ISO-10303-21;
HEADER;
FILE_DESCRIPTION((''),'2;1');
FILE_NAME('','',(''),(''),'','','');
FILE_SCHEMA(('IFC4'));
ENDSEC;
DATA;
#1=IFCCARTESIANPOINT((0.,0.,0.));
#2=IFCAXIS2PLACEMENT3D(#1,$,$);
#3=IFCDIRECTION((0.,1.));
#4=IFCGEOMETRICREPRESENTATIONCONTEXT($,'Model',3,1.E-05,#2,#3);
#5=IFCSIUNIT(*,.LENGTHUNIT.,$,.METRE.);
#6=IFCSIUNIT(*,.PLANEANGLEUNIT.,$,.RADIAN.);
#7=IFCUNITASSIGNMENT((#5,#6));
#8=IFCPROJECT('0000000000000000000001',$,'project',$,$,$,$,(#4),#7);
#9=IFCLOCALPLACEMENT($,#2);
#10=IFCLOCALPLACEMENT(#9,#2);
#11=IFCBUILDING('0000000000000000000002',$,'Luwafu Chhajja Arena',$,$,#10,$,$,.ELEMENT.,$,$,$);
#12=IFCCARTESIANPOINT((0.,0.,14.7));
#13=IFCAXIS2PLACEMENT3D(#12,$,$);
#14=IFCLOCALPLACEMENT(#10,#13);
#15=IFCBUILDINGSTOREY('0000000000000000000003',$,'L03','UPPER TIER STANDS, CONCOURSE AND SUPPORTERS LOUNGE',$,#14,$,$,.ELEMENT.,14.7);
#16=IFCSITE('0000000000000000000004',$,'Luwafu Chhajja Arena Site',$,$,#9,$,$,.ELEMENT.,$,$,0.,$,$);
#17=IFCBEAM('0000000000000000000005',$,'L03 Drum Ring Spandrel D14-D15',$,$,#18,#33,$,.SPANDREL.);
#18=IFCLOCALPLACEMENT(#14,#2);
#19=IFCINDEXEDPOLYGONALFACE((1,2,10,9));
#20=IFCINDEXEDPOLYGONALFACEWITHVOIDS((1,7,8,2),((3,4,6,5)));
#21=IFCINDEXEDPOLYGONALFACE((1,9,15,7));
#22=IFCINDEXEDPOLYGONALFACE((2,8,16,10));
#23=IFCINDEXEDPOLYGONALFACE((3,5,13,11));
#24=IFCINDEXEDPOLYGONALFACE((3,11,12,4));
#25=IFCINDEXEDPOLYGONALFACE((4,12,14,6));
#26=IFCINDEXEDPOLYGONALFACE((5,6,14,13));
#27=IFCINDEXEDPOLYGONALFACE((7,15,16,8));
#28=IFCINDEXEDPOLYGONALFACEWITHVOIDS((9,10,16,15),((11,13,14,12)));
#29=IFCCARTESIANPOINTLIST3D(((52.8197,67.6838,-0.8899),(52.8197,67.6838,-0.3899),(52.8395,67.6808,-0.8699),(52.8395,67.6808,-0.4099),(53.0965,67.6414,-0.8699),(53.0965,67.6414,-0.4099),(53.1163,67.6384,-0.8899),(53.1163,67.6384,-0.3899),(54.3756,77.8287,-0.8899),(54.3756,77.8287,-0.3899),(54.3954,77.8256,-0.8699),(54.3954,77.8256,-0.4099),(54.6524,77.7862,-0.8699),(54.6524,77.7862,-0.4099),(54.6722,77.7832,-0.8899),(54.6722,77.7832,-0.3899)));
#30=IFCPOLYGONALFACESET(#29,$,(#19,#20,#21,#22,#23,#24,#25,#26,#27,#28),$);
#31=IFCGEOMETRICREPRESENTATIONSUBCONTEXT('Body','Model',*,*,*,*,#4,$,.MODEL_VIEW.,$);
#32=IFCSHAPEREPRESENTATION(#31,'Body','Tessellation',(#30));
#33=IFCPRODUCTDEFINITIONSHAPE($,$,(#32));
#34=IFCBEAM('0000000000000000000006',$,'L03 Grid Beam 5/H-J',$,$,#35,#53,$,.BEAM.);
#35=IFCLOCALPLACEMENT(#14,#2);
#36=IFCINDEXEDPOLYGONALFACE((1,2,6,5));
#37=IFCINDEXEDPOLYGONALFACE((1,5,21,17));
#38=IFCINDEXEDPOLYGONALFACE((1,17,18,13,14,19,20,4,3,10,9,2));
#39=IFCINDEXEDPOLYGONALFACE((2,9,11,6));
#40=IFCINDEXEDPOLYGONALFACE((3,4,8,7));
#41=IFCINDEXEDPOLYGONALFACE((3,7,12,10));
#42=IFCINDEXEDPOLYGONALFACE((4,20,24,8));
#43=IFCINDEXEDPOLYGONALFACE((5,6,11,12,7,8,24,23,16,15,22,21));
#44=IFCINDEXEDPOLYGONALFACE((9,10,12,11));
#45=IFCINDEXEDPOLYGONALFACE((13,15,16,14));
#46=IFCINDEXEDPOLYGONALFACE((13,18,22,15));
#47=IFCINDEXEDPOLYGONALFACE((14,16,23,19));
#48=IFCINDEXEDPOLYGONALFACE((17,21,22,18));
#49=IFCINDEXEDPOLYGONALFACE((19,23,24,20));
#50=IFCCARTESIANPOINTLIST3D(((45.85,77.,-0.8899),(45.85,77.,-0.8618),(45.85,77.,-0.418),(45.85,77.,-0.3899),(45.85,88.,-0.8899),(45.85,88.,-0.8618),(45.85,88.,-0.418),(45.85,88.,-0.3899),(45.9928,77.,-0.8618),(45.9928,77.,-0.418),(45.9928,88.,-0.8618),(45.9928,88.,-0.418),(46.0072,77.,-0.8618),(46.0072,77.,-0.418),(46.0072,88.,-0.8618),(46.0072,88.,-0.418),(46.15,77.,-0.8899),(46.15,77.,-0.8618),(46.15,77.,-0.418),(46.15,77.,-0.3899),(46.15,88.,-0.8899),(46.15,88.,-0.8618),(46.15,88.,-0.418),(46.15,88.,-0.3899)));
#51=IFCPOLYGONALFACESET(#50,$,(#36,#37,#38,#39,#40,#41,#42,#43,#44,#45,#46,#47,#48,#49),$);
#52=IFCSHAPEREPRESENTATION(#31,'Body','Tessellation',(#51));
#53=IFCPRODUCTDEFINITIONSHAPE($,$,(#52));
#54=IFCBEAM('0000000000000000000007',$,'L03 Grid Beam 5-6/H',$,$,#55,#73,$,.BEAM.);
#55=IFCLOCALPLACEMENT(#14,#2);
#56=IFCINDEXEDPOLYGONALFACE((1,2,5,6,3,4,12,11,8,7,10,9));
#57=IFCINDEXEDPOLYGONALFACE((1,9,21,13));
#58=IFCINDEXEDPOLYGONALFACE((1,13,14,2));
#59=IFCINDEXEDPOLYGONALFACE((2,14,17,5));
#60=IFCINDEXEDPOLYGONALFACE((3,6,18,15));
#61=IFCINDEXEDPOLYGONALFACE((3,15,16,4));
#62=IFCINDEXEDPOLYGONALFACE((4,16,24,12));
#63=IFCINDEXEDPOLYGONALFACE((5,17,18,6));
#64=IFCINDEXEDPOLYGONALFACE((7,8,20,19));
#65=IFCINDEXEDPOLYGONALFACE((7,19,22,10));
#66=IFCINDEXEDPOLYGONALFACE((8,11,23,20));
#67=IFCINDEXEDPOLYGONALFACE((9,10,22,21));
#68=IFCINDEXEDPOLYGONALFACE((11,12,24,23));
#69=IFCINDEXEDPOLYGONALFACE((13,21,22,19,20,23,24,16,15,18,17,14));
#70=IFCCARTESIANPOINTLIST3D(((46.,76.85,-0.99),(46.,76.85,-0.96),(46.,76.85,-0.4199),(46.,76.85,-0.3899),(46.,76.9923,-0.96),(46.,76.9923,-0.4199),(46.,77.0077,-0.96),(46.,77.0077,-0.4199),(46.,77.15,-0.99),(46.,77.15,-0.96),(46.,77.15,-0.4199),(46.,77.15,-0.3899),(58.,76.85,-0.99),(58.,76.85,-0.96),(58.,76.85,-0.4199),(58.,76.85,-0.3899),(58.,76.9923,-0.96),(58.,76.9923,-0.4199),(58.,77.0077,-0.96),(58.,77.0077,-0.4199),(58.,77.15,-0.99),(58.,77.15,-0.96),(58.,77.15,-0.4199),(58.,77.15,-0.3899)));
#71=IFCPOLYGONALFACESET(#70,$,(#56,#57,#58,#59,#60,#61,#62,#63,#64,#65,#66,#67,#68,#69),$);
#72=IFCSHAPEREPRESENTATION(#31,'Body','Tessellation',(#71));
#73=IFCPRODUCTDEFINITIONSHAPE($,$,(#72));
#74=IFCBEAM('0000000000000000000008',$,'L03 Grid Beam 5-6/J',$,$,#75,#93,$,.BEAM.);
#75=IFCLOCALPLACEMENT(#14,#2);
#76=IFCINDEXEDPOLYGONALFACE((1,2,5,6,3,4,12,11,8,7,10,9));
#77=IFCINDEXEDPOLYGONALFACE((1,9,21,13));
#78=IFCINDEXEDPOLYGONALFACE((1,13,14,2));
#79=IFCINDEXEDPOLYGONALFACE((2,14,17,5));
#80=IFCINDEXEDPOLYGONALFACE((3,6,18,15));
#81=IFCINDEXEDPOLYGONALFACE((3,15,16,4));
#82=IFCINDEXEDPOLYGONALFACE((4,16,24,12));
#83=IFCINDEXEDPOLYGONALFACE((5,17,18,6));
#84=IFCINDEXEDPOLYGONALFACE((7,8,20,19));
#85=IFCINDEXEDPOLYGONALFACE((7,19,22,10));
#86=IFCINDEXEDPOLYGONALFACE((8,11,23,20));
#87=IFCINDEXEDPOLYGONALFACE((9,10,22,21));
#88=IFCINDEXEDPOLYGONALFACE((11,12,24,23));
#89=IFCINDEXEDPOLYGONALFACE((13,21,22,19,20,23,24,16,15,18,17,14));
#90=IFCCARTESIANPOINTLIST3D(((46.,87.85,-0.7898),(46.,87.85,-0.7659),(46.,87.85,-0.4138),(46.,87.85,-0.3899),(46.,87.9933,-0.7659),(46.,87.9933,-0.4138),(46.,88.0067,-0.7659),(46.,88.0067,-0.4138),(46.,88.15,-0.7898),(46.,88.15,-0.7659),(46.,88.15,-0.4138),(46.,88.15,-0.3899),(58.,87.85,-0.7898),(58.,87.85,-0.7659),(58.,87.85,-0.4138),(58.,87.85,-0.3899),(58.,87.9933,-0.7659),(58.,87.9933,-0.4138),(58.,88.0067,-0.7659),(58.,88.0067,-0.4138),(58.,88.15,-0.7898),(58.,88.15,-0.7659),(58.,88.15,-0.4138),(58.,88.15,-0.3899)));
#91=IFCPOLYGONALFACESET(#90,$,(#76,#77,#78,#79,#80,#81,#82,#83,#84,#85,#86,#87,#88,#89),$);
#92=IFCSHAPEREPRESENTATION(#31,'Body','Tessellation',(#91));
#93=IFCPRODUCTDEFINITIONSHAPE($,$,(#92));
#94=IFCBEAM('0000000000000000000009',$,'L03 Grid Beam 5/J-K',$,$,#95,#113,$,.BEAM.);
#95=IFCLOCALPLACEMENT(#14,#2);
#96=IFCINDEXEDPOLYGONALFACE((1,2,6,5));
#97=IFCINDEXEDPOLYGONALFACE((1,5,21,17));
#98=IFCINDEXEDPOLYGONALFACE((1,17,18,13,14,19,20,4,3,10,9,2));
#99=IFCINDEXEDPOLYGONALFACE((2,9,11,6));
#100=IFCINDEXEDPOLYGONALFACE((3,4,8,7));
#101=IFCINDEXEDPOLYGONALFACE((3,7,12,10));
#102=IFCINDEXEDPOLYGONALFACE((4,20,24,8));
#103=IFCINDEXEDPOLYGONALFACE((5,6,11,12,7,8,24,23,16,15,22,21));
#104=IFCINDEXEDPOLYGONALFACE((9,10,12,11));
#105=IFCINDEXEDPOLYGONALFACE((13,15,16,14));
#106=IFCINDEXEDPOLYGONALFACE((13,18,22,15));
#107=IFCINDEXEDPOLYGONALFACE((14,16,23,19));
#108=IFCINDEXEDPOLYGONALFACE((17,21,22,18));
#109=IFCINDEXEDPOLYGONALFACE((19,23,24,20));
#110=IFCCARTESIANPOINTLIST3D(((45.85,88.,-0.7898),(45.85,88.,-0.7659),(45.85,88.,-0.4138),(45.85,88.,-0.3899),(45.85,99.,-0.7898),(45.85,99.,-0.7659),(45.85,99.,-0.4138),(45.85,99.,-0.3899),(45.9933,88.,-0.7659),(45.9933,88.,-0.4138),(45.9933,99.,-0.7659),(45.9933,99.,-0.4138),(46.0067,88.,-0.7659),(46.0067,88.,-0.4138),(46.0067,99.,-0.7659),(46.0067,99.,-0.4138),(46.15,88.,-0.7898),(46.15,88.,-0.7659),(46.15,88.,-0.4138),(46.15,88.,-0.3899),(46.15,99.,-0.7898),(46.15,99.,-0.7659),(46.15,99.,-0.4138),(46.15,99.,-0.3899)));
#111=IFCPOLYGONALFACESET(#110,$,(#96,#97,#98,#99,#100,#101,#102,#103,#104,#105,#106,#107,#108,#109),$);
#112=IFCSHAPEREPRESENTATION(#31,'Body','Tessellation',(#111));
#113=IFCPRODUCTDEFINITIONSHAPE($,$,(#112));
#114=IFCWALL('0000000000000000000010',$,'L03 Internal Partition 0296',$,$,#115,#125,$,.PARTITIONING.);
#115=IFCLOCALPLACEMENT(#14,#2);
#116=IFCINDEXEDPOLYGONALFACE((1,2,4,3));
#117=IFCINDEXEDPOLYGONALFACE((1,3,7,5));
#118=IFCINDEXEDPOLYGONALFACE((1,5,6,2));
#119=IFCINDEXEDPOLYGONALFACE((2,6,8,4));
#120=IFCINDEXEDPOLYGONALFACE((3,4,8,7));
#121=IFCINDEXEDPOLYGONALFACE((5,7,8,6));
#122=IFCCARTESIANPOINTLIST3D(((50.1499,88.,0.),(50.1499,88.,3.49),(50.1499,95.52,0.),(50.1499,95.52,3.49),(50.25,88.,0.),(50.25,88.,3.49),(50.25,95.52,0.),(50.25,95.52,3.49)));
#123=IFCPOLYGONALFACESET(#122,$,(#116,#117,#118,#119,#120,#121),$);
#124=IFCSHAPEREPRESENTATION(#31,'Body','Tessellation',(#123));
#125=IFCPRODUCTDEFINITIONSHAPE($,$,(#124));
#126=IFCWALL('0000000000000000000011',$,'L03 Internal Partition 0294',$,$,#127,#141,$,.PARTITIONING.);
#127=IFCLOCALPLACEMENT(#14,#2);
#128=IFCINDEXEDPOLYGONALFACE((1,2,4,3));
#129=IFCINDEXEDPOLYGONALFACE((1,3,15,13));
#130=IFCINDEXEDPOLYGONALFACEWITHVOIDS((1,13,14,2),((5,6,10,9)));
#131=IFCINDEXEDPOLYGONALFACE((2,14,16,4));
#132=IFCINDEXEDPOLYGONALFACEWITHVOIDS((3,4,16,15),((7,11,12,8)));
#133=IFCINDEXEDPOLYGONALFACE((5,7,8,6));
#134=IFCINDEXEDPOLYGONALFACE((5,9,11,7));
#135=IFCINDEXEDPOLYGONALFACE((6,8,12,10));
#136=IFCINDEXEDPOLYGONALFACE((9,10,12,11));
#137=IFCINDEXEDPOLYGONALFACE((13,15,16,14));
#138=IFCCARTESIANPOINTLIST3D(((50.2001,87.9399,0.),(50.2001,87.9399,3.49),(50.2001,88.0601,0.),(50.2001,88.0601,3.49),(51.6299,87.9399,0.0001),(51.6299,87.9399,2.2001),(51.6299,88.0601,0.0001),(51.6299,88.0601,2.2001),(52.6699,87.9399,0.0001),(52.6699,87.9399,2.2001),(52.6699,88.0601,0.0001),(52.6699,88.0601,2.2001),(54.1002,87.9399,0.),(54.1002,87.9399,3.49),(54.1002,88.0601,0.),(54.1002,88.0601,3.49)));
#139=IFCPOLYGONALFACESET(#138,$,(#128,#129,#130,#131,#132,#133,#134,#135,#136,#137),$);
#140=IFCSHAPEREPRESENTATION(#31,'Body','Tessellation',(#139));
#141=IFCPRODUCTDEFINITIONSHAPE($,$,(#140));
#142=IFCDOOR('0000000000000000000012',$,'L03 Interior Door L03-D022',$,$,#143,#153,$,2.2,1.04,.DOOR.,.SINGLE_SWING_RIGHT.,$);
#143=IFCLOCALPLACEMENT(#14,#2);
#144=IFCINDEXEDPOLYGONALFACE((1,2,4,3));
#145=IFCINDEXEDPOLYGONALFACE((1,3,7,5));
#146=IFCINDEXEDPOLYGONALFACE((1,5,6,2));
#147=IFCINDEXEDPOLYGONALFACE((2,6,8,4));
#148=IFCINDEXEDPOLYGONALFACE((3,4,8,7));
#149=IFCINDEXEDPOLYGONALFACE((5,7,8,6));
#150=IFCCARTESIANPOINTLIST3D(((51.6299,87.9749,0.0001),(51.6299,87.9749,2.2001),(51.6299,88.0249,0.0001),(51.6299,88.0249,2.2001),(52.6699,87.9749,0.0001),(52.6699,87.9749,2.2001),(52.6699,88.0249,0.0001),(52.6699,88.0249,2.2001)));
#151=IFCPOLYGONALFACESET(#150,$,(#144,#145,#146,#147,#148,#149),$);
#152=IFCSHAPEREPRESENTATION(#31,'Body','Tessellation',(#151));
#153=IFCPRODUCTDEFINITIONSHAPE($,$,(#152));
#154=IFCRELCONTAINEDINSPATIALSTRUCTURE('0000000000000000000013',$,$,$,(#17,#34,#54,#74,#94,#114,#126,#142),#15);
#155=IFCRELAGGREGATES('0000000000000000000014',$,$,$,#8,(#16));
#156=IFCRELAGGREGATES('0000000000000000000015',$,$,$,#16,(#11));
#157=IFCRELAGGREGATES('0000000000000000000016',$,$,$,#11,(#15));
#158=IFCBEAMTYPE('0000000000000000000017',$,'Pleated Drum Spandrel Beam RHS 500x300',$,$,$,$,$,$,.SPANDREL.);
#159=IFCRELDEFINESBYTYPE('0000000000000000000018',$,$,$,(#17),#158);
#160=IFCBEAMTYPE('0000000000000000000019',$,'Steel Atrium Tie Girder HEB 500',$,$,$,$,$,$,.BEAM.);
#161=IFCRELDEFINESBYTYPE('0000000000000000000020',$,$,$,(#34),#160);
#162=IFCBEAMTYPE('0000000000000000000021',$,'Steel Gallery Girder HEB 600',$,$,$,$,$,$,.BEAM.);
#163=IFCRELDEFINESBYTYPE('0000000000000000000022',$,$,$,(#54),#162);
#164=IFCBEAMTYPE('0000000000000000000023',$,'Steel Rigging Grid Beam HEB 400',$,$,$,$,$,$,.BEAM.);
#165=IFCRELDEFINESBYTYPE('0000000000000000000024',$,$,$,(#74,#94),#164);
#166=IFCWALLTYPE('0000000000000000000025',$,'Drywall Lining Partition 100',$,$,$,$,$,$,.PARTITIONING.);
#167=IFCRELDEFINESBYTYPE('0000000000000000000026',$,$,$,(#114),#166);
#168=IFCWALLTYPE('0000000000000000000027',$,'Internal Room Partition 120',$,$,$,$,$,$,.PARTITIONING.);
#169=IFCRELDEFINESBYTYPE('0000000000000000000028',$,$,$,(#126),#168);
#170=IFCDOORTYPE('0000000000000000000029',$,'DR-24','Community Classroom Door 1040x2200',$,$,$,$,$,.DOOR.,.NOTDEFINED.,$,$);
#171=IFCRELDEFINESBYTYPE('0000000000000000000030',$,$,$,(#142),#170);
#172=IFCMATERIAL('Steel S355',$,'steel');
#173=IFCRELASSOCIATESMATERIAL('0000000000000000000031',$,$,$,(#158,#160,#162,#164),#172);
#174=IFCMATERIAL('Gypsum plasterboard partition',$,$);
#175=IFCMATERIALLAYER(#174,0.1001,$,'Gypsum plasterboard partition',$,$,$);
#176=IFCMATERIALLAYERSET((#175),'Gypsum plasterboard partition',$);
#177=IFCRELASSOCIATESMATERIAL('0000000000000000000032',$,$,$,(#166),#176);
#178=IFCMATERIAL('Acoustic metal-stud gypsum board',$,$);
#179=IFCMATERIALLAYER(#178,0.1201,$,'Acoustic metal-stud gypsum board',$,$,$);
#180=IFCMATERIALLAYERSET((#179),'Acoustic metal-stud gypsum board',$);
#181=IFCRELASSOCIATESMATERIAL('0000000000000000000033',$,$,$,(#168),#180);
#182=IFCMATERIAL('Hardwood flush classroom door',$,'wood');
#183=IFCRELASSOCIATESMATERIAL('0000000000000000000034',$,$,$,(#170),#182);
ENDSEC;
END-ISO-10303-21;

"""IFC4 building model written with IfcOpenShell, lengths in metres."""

from ifc_helpers import new_model, si_unit, direction, frame, frame_2d, origin, origin_2d, place, context, subcontext, project, spatial, rectangle, hollow_rectangle, i_section, extrude, material, layer, layer_set, material_profile, profile_set, type_object, element, fill, save


model = new_model("IFC4")

# Units and contexts
model_context = context("Model", 3, precision=1e-05, world=origin(), true_north=direction((0.0, 1.0)))
body_context = subcontext(model_context, "Body", "Model", "MODEL_VIEW")
ifc_project = project(units=[si_unit("LENGTHUNIT", "METRE"), si_unit("PLANEANGLEUNIT", "RADIAN")], contexts=[model_context])

# Site, building, storey
site_placement = place(None, origin())
site = spatial("IfcSite", under=ifc_project, at=site_placement, Name="Luwafu Chhajja Arena Site", CompositionType="ELEMENT", RefElevation=0.0)
building_placement = place(site_placement, origin())
building = spatial("IfcBuilding", under=site, at=building_placement, Name="Luwafu Chhajja Arena", CompositionType="ELEMENT")
storey_placement = place(building_placement, frame((0.0, 0.0, 14.7)))
storey = spatial("IfcBuildingStorey", under=building, at=storey_placement, Name="L03", Description="UPPER TIER STANDS, CONCOURSE AND SUPPORTERS LOUNGE", CompositionType="ELEMENT", Elevation=14.7)

# Shared definitions
ifc_material_1 = material(Name="Steel S355", Category="steel")

# Beams
ifc_material_profile_1 = material_profile(ifc_material_1, hollow_rectangle(XDim=0.3, YDim=0.5, WallThickness=0.02, at=origin_2d()), Name="RHS 500x300x20")
ifc_profile_set_1 = profile_set([ifc_material_profile_1], Name="Steel S355")
beam_type_1 = type_object("IfcBeamType", Name="Pleated Drum Spandrel Beam RHS 500x300", PredefinedType="SPANDREL", material=ifc_profile_set_1)
beam_1_placement = place(storey_placement, frame((54.5239, 77.8059, -0.6399), z_axis=(-0.151598, -0.988442, 0.0), x_axis=(0.988442, -0.151598, 0.0)))
element("IfcBeam", 1, at=beam_1_placement, inside=storey, type_object=beam_type_1, Name="L03 Drum Ring Spandrel D14-D15", PredefinedType="SPANDREL", context=body_context, shape_type="SweptSolid", body=[
    extrude(hollow_rectangle(XDim=0.3, YDim=0.5, WallThickness=0.02, at=origin_2d()), origin(), (0.0, 0.0, 1.0), 10.2634),
])
ifc_material_profile_2 = material_profile(ifc_material_1, i_section(OverallWidth=0.3, OverallDepth=0.5, WebThickness=0.0144, FlangeThickness=0.0281, at=origin_2d()), Name="HEB 500")
ifc_profile_set_2 = profile_set([ifc_material_profile_2], Name="Steel S355")
beam_type_2 = type_object("IfcBeamType", Name="Steel Atrium Tie Girder HEB 500", PredefinedType="BEAM", material=ifc_profile_set_2)
beam_2_placement = place(storey_placement, frame((46.0, 77.0, -0.6399), z_axis=(0.0, 1.0, 0.0), x_axis=(-1.0, 0.0, 0.0)))
element("IfcBeam", 2, at=beam_2_placement, inside=storey, type_object=beam_type_2, Name="L03 Grid Beam 5/H-J", PredefinedType="BEAM", context=body_context, shape_type="SweptSolid", body=[
    extrude(i_section(OverallWidth=0.3, OverallDepth=0.5, WebThickness=0.0144, FlangeThickness=0.0281, at=origin_2d()), origin(), (0.0, 0.0, 1.0), 11.0),
])
ifc_material_profile_3 = material_profile(ifc_material_1, i_section(OverallWidth=0.3, OverallDepth=0.6001, WebThickness=0.0154, FlangeThickness=0.03, at=origin_2d()), Name="HEB 600")
ifc_profile_set_3 = profile_set([ifc_material_profile_3], Name="Steel S355")
beam_type_3 = type_object("IfcBeamType", Name="Steel Gallery Girder HEB 600", PredefinedType="BEAM", material=ifc_profile_set_3)
beam_3_placement = place(storey_placement, frame((46.0, 77.0, -0.6899), z_axis=(1.0, 0.0, 0.0), x_axis=(0.0, 1.0, 0.0)))
element("IfcBeam", 3, at=beam_3_placement, inside=storey, type_object=beam_type_3, Name="L03 Grid Beam 5-6/H", PredefinedType="BEAM", context=body_context, shape_type="SweptSolid", body=[
    extrude(i_section(OverallWidth=0.3, OverallDepth=0.6001, WebThickness=0.0154, FlangeThickness=0.03, at=origin_2d()), origin(), (0.0, 0.0, 1.0), 12.0),
])
ifc_material_profile_4 = material_profile(ifc_material_1, i_section(OverallWidth=0.3, OverallDepth=0.3999, WebThickness=0.0134, FlangeThickness=0.0239, at=origin_2d()), Name="HEB 400")
ifc_profile_set_4 = profile_set([ifc_material_profile_4], Name="Steel S355")
beam_type_4 = type_object("IfcBeamType", Name="Steel Rigging Grid Beam HEB 400", PredefinedType="BEAM", material=ifc_profile_set_4)
beam_4_placement = place(storey_placement, frame((46.0, 88.0, -0.5898), z_axis=(1.0, 0.0, 0.0), x_axis=(0.0, 1.0, 0.0)))
element("IfcBeam", 4, at=beam_4_placement, inside=storey, type_object=beam_type_4, Name="L03 Grid Beam 5-6/J", PredefinedType="BEAM", context=body_context, shape_type="SweptSolid", body=[
    extrude(i_section(OverallWidth=0.3, OverallDepth=0.3999, WebThickness=0.0134, FlangeThickness=0.0239, at=origin_2d()), origin(), (0.0, 0.0, 1.0), 12.0),
])
beam_5_placement = place(storey_placement, frame((46.0, 88.0, -0.5898), z_axis=(0.0, 1.0, 0.0), x_axis=(-1.0, 0.0, 0.0)))
element("IfcBeam", 5, at=beam_5_placement, inside=storey, type_object=beam_type_4, Name="L03 Grid Beam 5/J-K", PredefinedType="BEAM", context=body_context, shape_type="SweptSolid", body=[
    extrude(i_section(OverallWidth=0.3, OverallDepth=0.3999, WebThickness=0.0134, FlangeThickness=0.0239, at=origin_2d()), origin(), (0.0, 0.0, 1.0), 11.0),
])

# Wall
ifc_material_2 = material(Name="Gypsum plasterboard partition")
ifc_layer_1 = layer(ifc_material_2, 0.1001, Name="Gypsum plasterboard partition")
ifc_layer_set_1 = layer_set([ifc_layer_1], Name="Gypsum plasterboard partition")
wall_type_1 = type_object("IfcWallType", Name="Drywall Lining Partition 100", PredefinedType="PARTITIONING", material=ifc_layer_set_1)
wall_1_placement = place(storey_placement, frame((50.2, 88.0, 0.0), z_axis=(0.0, 0.0, 1.0), x_axis=(0.0, 1.0, 0.0)))
element("IfcWall", 6, at=wall_1_placement, inside=storey, type_object=wall_type_1, Name="L03 Internal Partition 0296", PredefinedType="PARTITIONING", context=body_context, shape_type="SweptSolid", body=[
    extrude(rectangle(XDim=7.52, YDim=0.1001, at=frame_2d((3.76, 0.0))), origin(), (0.0, 0.0, 1.0), 3.49),
])

# Wall, opening, door
ifc_material_3 = material(Name="Acoustic metal-stud gypsum board")
ifc_layer_2 = layer(ifc_material_3, 0.1201, Name="Acoustic metal-stud gypsum board")
ifc_layer_set_2 = layer_set([ifc_layer_2], Name="Acoustic metal-stud gypsum board")
wall_type_2 = type_object("IfcWallType", Name="Internal Room Partition 120", PredefinedType="PARTITIONING", material=ifc_layer_set_2)
wall_2_placement = place(storey_placement, frame((50.2, 88.0, 0.0), z_axis=(0.0, 0.0, 1.0), x_axis=(1.0, 0.0, 0.0)))
wall_2 = element("IfcWall", 7, at=wall_2_placement, inside=storey, type_object=wall_type_2, Name="L03 Internal Partition 0294", PredefinedType="PARTITIONING", context=body_context, shape_type="SweptSolid", body=[
    extrude(rectangle(XDim=3.9001, YDim=0.1201, at=frame_2d((1.9502, 0.0))), origin(), (0.0, 0.0, 1.0), 3.49),
])
opening_1_placement = place(wall_2_placement, frame((1.4299, 0.0, 0.0)))
opening_1 = element("IfcOpeningElement", 8, at=opening_1_placement, cuts=wall_2, PredefinedType="OPENING", context=body_context, shape_type="SweptSolid", body=[
    extrude(rectangle(XDim=1.04, YDim=2.2, at=frame_2d((0.52, 1.1001))), frame((0.0, 0.0701, 0.0), z_axis=(0.0, -1.0, 0.0), x_axis=(1.0, 0.0, 0.0)), (0.0, 0.0, 1.0), 0.1401),
])
ifc_material_4 = material(Name="Hardwood flush classroom door", Category="wood")
door_type_1 = type_object("IfcDoorType", Name="DR-24", Description="Community Classroom Door 1040x2200", OperationType="NOTDEFINED", PredefinedType="DOOR", material=ifc_material_4)
door_1_placement = place(opening_1_placement, origin())
door_1 = element("IfcDoor", 9, at=door_1_placement, inside=storey, type_object=door_type_1, Name="L03 Interior Door L03-D022", OperationType="SINGLE_SWING_RIGHT", OverallHeight=2.2, OverallWidth=1.04, PredefinedType="DOOR", context=body_context, shape_type="SweptSolid", body=[
    extrude(rectangle(XDim=1.04, YDim=2.2, at=frame_2d((0.52, 1.1001))), frame((0.0, 0.0249, 0.0), z_axis=(0.0, -1.0, 0.0), x_axis=(1.0, 0.0, 0.0)), (0.0, 0.0, 1.0), 0.05),
])
fill(opening_1, door_1)

save(model, "model.ifc")
